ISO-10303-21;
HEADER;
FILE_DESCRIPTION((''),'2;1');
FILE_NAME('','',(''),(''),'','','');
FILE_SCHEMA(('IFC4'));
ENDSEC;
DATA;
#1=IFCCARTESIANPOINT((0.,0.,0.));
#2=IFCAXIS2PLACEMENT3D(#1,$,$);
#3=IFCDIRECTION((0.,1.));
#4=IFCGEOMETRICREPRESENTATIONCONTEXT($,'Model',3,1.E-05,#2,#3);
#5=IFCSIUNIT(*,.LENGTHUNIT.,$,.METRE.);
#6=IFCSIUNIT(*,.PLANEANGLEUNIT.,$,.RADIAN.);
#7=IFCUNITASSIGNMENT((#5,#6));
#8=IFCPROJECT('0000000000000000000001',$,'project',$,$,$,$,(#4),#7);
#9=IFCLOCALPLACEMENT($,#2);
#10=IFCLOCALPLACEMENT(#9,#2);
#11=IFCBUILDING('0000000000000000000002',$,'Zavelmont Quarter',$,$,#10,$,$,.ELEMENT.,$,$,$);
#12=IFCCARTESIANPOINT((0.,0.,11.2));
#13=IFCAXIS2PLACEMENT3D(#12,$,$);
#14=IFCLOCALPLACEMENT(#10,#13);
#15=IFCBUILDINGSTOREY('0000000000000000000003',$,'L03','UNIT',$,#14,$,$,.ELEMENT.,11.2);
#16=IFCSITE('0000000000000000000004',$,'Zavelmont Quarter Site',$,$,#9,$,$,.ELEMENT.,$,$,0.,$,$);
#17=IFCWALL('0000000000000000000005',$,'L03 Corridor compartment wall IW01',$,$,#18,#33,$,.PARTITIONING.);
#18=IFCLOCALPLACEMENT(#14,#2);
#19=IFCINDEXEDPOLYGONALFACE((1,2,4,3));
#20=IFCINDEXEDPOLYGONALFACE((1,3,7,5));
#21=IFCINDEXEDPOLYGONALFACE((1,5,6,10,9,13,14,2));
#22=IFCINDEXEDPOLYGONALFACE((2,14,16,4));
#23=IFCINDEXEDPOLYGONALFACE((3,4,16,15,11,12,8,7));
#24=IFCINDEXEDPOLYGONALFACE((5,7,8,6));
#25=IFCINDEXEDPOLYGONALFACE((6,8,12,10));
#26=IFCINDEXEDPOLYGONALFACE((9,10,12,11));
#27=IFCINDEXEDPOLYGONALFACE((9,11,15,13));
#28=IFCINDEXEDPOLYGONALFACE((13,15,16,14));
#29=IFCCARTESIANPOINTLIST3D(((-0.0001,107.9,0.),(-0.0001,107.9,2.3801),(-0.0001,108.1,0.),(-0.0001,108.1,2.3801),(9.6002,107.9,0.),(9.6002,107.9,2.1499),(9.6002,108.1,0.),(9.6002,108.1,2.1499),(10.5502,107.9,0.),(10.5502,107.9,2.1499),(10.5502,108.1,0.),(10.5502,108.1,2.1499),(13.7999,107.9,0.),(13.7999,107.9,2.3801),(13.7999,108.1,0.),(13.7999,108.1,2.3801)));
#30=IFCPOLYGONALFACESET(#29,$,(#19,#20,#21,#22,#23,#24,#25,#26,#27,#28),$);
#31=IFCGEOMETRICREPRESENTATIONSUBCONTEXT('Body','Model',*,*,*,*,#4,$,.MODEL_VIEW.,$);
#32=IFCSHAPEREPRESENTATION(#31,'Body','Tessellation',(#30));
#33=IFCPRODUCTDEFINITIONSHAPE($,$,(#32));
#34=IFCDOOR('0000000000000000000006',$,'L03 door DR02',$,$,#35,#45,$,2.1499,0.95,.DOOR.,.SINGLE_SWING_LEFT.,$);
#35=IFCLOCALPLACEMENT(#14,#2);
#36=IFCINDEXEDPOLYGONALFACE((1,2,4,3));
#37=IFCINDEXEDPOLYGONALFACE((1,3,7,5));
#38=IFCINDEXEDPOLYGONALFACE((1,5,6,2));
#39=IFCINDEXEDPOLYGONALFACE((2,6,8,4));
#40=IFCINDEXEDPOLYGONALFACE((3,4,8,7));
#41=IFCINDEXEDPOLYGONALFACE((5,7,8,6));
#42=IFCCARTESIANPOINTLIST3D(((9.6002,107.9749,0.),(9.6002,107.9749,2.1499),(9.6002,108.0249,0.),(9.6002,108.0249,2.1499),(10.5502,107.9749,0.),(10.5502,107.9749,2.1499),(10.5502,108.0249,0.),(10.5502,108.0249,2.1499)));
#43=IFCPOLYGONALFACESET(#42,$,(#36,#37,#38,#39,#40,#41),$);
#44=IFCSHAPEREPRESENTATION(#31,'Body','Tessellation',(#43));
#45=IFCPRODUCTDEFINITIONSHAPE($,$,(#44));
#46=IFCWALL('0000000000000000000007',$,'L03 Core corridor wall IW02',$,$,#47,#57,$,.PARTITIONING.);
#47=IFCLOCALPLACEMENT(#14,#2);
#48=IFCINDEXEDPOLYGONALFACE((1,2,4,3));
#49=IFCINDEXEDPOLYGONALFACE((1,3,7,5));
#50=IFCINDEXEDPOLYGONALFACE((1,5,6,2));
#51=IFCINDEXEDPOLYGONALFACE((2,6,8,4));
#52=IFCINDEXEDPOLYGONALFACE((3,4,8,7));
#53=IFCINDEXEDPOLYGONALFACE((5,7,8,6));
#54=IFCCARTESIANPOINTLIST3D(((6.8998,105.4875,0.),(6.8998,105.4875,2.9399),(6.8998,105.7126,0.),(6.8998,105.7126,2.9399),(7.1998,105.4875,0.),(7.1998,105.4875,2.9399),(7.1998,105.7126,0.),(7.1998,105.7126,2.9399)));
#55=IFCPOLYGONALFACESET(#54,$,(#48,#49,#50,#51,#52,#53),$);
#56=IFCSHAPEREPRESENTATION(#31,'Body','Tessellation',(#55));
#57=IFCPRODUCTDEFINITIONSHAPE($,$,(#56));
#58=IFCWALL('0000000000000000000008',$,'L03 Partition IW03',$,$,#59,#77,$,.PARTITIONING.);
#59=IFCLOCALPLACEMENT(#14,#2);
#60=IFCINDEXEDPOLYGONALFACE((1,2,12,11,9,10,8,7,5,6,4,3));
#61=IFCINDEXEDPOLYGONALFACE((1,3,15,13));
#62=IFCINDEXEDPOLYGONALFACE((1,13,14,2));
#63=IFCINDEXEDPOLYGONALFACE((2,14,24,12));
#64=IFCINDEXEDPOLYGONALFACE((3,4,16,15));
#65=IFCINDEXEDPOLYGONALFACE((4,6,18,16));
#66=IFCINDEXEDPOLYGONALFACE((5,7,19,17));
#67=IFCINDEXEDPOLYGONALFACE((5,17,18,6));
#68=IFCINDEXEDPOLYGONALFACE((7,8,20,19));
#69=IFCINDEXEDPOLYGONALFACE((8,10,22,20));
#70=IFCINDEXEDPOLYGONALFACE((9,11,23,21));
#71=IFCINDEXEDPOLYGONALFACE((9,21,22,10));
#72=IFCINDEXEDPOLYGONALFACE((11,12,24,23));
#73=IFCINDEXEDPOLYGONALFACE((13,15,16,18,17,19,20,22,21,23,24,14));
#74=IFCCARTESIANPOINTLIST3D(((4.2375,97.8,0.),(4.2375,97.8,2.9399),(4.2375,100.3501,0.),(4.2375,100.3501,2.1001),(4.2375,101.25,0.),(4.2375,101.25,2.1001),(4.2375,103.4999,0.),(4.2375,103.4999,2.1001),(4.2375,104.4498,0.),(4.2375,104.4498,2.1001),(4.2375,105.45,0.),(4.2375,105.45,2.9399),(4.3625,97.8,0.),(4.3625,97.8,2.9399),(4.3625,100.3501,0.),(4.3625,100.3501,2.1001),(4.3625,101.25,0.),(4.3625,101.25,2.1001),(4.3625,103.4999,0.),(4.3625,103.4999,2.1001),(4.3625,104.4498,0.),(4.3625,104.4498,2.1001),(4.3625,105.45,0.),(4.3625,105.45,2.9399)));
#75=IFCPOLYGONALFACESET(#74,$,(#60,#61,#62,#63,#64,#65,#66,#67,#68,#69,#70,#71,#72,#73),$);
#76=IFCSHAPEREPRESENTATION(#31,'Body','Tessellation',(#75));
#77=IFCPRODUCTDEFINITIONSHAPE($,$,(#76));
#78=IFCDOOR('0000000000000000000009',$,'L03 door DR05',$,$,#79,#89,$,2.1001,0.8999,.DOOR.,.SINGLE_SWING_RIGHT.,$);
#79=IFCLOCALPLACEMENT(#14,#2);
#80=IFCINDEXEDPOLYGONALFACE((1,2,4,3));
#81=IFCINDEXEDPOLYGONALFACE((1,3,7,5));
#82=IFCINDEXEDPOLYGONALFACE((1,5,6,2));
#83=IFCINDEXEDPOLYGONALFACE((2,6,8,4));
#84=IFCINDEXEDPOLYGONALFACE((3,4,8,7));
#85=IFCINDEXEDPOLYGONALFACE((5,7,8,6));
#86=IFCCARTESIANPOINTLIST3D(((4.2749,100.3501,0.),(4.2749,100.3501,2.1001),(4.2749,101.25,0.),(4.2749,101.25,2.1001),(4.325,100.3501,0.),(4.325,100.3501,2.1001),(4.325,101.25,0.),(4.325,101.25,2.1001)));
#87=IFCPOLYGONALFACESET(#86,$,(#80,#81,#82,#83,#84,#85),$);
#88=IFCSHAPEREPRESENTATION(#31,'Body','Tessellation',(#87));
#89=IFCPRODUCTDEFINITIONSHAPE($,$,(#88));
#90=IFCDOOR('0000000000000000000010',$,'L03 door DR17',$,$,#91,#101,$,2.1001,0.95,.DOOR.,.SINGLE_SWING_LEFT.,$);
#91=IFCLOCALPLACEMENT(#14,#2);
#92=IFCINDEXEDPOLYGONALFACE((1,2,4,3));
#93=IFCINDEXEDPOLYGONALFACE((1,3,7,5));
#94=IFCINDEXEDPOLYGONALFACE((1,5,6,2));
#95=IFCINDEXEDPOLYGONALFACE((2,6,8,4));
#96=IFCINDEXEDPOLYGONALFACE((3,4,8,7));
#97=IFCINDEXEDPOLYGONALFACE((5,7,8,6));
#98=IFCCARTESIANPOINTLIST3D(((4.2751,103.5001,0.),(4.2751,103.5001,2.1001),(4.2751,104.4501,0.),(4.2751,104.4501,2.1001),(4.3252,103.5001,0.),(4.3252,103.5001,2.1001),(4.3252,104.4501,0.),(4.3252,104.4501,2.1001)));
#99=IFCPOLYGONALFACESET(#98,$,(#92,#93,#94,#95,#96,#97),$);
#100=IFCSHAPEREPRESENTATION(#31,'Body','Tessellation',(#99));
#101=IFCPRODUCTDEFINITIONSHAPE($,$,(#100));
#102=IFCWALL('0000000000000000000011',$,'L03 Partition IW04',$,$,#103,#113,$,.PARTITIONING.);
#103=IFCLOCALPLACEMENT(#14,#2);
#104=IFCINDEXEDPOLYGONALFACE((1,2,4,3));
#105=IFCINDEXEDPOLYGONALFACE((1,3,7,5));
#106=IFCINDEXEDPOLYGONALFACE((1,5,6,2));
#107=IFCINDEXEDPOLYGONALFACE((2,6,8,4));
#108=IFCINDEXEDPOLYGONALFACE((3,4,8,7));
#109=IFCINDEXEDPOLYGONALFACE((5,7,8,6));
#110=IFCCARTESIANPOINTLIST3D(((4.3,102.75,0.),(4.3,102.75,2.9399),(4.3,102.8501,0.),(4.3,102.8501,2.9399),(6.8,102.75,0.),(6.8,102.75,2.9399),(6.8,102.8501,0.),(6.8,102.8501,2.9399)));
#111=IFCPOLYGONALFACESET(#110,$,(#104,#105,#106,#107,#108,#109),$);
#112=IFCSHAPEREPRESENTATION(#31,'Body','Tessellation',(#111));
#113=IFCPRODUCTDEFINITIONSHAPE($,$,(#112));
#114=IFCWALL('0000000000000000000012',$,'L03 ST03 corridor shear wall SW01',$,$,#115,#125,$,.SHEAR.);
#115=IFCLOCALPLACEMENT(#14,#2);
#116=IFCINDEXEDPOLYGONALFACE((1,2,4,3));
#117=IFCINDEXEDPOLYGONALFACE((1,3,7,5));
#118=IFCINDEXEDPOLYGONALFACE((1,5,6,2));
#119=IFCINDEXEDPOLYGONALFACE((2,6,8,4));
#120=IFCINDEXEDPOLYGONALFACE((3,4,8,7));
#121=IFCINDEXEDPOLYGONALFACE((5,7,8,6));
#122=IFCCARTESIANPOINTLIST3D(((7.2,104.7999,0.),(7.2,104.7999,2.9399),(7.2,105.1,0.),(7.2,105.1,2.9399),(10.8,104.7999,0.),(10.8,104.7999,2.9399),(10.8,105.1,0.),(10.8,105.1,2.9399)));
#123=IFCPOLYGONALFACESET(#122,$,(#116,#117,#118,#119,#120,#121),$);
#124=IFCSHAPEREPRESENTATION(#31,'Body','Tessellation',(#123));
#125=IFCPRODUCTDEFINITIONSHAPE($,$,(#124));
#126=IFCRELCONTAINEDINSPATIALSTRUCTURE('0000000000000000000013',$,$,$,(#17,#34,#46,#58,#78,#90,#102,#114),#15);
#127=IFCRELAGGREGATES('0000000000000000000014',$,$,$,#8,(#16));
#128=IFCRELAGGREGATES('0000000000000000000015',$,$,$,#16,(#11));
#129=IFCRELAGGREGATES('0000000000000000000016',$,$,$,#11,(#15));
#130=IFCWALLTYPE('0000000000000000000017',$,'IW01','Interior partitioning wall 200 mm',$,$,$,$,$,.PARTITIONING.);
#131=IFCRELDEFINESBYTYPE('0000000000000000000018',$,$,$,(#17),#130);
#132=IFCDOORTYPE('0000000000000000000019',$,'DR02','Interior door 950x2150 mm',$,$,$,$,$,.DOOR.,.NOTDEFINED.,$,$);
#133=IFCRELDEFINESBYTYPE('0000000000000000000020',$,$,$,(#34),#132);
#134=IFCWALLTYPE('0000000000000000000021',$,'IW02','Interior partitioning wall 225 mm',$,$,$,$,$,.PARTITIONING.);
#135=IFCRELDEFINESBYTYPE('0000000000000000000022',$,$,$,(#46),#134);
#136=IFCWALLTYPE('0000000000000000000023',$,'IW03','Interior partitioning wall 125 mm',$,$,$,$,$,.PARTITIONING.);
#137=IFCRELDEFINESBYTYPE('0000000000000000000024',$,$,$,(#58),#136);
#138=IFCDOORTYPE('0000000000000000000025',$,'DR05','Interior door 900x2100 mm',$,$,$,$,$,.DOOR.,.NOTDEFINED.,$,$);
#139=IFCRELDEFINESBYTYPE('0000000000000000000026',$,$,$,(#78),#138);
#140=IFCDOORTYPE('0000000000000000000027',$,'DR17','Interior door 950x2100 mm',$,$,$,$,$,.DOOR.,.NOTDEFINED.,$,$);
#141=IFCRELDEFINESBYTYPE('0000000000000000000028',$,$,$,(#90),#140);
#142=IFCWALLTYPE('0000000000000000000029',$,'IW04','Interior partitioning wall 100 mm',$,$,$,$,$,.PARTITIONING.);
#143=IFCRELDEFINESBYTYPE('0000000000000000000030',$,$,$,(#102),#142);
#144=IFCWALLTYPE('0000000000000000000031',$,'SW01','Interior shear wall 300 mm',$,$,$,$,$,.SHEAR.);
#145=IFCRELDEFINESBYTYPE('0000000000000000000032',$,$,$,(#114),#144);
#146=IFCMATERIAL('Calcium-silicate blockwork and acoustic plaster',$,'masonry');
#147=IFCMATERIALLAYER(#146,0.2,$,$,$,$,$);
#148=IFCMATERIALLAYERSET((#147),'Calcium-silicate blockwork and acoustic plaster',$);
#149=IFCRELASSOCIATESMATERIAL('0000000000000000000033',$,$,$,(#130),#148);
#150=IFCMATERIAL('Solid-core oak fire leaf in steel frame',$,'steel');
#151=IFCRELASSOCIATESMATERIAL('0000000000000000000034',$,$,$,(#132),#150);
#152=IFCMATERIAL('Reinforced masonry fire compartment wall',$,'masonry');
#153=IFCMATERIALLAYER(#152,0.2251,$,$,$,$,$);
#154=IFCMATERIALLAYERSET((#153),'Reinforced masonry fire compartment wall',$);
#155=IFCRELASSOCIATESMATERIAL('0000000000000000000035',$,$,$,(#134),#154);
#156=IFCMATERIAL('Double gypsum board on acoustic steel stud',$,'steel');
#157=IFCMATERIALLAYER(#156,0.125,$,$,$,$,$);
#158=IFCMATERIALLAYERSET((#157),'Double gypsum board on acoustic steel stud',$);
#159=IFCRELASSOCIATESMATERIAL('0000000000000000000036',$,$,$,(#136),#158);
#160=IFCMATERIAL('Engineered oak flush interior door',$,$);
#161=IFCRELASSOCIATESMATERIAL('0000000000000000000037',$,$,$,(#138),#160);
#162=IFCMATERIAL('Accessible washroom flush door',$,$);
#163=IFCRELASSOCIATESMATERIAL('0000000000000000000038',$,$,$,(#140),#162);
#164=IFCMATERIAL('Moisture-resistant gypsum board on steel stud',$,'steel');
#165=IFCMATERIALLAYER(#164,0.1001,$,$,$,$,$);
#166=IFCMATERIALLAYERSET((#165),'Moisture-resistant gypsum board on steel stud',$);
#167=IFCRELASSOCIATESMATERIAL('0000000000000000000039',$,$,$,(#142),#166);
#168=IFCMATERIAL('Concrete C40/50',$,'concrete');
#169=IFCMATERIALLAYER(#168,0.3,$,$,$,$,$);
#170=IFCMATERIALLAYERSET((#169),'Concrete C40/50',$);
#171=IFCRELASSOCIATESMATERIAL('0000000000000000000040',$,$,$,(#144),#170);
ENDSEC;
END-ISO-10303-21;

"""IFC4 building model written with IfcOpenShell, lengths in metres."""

from ifc_helpers import new_model, si_unit, direction, frame, frame_2d, origin, origin_with_axes, place, context, subcontext, project, spatial, rectangle, extrude, material, layer, layer_set, type_object, element, fill, save


model = new_model("IFC4")

# Units and contexts
model_context = context("Model", 3, precision=1e-05, world=origin(), true_north=direction((0.0, 1.0)))
body_context = subcontext(model_context, "Body", "Model", "MODEL_VIEW")
ifc_project = project(units=[si_unit("LENGTHUNIT", "METRE"), si_unit("PLANEANGLEUNIT", "RADIAN")], contexts=[model_context])

# Site, building, storey
site_placement = place(None, origin())
site = spatial("IfcSite", under=ifc_project, at=site_placement, Name="Zavelmont Quarter Site", CompositionType="ELEMENT", RefElevation=0.0)
building_placement = place(site_placement, origin())
building = spatial("IfcBuilding", under=site, at=building_placement, Name="Zavelmont Quarter", CompositionType="ELEMENT")
storey_placement = place(building_placement, frame((0.0, 0.0, 11.2)))
storey = spatial("IfcBuildingStorey", under=building, at=storey_placement, Name="L03", Description="UNIT", CompositionType="ELEMENT", Elevation=11.2)

# Shared definitions
ifc_material_1 = material(Name="Concrete C40/50", Category="concrete")

# Wall, opening, door
ifc_material_2 = material(Name="Calcium-silicate blockwork and acoustic plaster", Category="masonry")
ifc_layer_1 = layer(ifc_material_2, 0.2)
ifc_layer_set_1 = layer_set([ifc_layer_1], Name="Calcium-silicate blockwork and acoustic plaster")
wall_type_1 = type_object("IfcWallType", Name="IW01", Description="Interior partitioning wall 200 mm", PredefinedType="PARTITIONING", material=ifc_layer_set_1)
wall_1_placement = place(storey_placement, frame((0.0, 108.0, 0.0), z_axis=(0.0, 0.0, 1.0), x_axis=(1.0, 0.0, 0.0)))
wall_1 = element("IfcWall", 1, at=wall_1_placement, inside=storey, type_object=wall_type_1, Name="L03 Corridor compartment wall IW01", PredefinedType="PARTITIONING", context=body_context, shape_type="SweptSolid", body=[
    extrude(rectangle(XDim=13.8, YDim=0.2, at=frame_2d((6.8999, 0.0))), origin(), (0.0, 0.0, 1.0), 2.3801),
])
opening_1_placement = place(wall_1_placement, frame((9.6001, 0.0, 0.0)))
opening_1 = element("IfcOpeningElement", 2, at=opening_1_placement, cuts=wall_1, PredefinedType="OPENING", context=body_context, shape_type="SweptSolid", body=[
    extrude(rectangle(XDim=0.95, YDim=2.1499, at=frame_2d((0.4751, 1.075))), frame((0.0, 0.1118, 0.0), z_axis=(0.0, -1.0, 0.0), x_axis=(1.0, 0.0, 0.0)), (0.0, 0.0, 1.0), 0.2239),
])
ifc_material_3 = material(Name="Solid-core oak fire leaf in steel frame", Category="steel")
door_type_1 = type_object("IfcDoorType", Name="DR02", Description="Interior door 950x2150 mm", OperationType="NOTDEFINED", PredefinedType="DOOR", material=ifc_material_3)
door_1_placement = place(opening_1_placement, origin_with_axes())
door_1 = element("IfcDoor", 3, at=door_1_placement, inside=storey, type_object=door_type_1, Name="L03 door DR02", OperationType="SINGLE_SWING_LEFT", OverallHeight=2.1499, OverallWidth=0.95, PredefinedType="DOOR", context=body_context, shape_type="SweptSolid", body=[
    extrude(rectangle(XDim=0.95, YDim=2.1499, at=frame_2d((0.4751, 1.075))), frame((0.0, 0.0249, 0.0), z_axis=(0.0, -1.0, 0.0), x_axis=(1.0, 0.0, 0.0)), (0.0, 0.0, 1.0), 0.05),
])
fill(opening_1, door_1)

# Wall
ifc_material_4 = material(Name="Reinforced masonry fire compartment wall", Category="masonry")
ifc_layer_2 = layer(ifc_material_4, 0.2251)
ifc_layer_set_2 = layer_set([ifc_layer_2], Name="Reinforced masonry fire compartment wall")
wall_type_2 = type_object("IfcWallType", Name="IW02", Description="Interior partitioning wall 225 mm", PredefinedType="PARTITIONING", material=ifc_layer_set_2)
wall_2_placement = place(storey_placement, frame((6.8999, 105.6001, 0.0), z_axis=(0.0, 0.0, 1.0), x_axis=(1.0, 0.0, 0.0)))
element("IfcWall", 4, at=wall_2_placement, inside=storey, type_object=wall_type_2, Name="L03 Core corridor wall IW02", PredefinedType="PARTITIONING", context=body_context, shape_type="SweptSolid", body=[
    extrude(rectangle(XDim=0.3, YDim=0.2251, at=frame_2d((0.1499, 0.0))), origin(), (0.0, 0.0, 1.0), 2.9399),
])

# Wall, openings, doors
ifc_material_5 = material(Name="Double gypsum board on acoustic steel stud", Category="steel")
ifc_layer_3 = layer(ifc_material_5, 0.125)
ifc_layer_set_3 = layer_set([ifc_layer_3], Name="Double gypsum board on acoustic steel stud")
wall_type_3 = type_object("IfcWallType", Name="IW03", Description="Interior partitioning wall 125 mm", PredefinedType="PARTITIONING", material=ifc_layer_set_3)
wall_3_placement = place(storey_placement, frame((4.3, 105.45, 0.0), z_axis=(0.0, 0.0, 1.0), x_axis=(0.0, -1.0, 0.0)))
wall_3 = element("IfcWall", 5, at=wall_3_placement, inside=storey, type_object=wall_type_3, Name="L03 Partition IW03", PredefinedType="PARTITIONING", context=body_context, shape_type="SweptSolid", body=[
    extrude(rectangle(XDim=7.6499, YDim=0.125, at=frame_2d((3.825, 0.0))), origin(), (0.0, 0.0, 1.0), 2.9399),
])
opening_2_placement = place(wall_3_placement, frame((1.0, 0.0, 0.0)))
opening_2 = element("IfcOpeningElement", 6, at=opening_2_placement, cuts=wall_3, PredefinedType="OPENING", context=body_context, shape_type="SweptSolid", body=[
    extrude(rectangle(XDim=0.95, YDim=2.1001, at=frame_2d((0.4751, 1.05))), frame((0.0, 0.0745, 0.0), z_axis=(0.0, -1.0, 0.0), x_axis=(1.0, 0.0, 0.0)), (0.0, 0.0, 1.0), 0.1489),
])
opening_3_placement = place(wall_3_placement, frame((4.2, 0.0, 0.0)))
opening_3 = element("IfcOpeningElement", 7, at=opening_3_placement, cuts=wall_3, PredefinedType="OPENING", context=body_context, shape_type="SweptSolid", body=[
    extrude(rectangle(XDim=0.8999, YDim=2.1001, at=frame_2d((0.45, 1.05))), frame((0.0, 0.0745, 0.0), z_axis=(0.0, -1.0, 0.0), x_axis=(1.0, 0.0, 0.0)), (0.0, 0.0, 1.0), 0.1489),
])
ifc_material_6 = material(Name="Engineered oak flush interior door")
door_type_2 = type_object("IfcDoorType", Name="DR05", Description="Interior door 900x2100 mm", OperationType="NOTDEFINED", PredefinedType="DOOR", material=ifc_material_6)
door_2_placement = place(opening_3_placement, origin_with_axes())
door_2 = element("IfcDoor", 8, at=door_2_placement, inside=storey, type_object=door_type_2, Name="L03 door DR05", OperationType="SINGLE_SWING_RIGHT", OverallHeight=2.1001, OverallWidth=0.8999, PredefinedType="DOOR", context=body_context, shape_type="SweptSolid", body=[
    extrude(rectangle(XDim=0.8999, YDim=2.1001, at=frame_2d((0.45, 1.05))), frame((0.0, 0.0249, 0.0), z_axis=(0.0, -1.0, 0.0), x_axis=(1.0, 0.0, 0.0)), (0.0, 0.0, 1.0), 0.05),
])
fill(opening_3, door_2)
ifc_material_7 = material(Name="Accessible washroom flush door")
door_type_3 = type_object("IfcDoorType", Name="DR17", Description="Interior door 950x2100 mm", OperationType="NOTDEFINED", PredefinedType="DOOR", material=ifc_material_7)
door_3_placement = place(opening_2_placement, frame((0.95, 0.0, 0.0), z_axis=(0.0, 0.0, 1.0), x_axis=(-1.0, 0.0, 0.0)))
door_3 = element("IfcDoor", 9, at=door_3_placement, inside=storey, type_object=door_type_3, Name="L03 door DR17", OperationType="SINGLE_SWING_LEFT", OverallHeight=2.1001, OverallWidth=0.95, PredefinedType="DOOR", context=body_context, shape_type="SweptSolid", body=[
    extrude(rectangle(XDim=0.95, YDim=2.1001, at=frame_2d((0.4751, 1.05))), frame((0.0, 0.0249, 0.0), z_axis=(0.0, -1.0, 0.0), x_axis=(1.0, 0.0, 0.0)), (0.0, 0.0, 1.0), 0.05),
])
fill(opening_2, door_3)

# Walls
ifc_material_8 = material(Name="Moisture-resistant gypsum board on steel stud", Category="steel")
ifc_layer_4 = layer(ifc_material_8, 0.1001)
ifc_layer_set_4 = layer_set([ifc_layer_4], Name="Moisture-resistant gypsum board on steel stud")
wall_type_4 = type_object("IfcWallType", Name="IW04", Description="Interior partitioning wall 100 mm", PredefinedType="PARTITIONING", material=ifc_layer_set_4)
wall_4_placement = place(storey_placement, frame((4.3, 102.8, 0.0), z_axis=(0.0, 0.0, 1.0), x_axis=(1.0, 0.0, 0.0)))
element("IfcWall", 10, at=wall_4_placement, inside=storey, type_object=wall_type_4, Name="L03 Partition IW04", PredefinedType="PARTITIONING", context=body_context, shape_type="SweptSolid", body=[
    extrude(rectangle(XDim=2.5, YDim=0.1001, at=frame_2d((1.25, 0.0))), origin(), (0.0, 0.0, 1.0), 2.9399),
])
ifc_layer_5 = layer(ifc_material_1, 0.3)
ifc_layer_set_5 = layer_set([ifc_layer_5], Name="Concrete C40/50")
wall_type_5 = type_object("IfcWallType", Name="SW01", Description="Interior shear wall 300 mm", PredefinedType="SHEAR", material=ifc_layer_set_5)
wall_5_placement = place(storey_placement, frame((7.2, 104.95, 0.0), z_axis=(0.0, 0.0, 1.0), x_axis=(1.0, 0.0, 0.0)))
element("IfcWall", 11, at=wall_5_placement, inside=storey, type_object=wall_type_5, Name="L03 ST03 corridor shear wall SW01", PredefinedType="SHEAR", context=body_context, shape_type="SweptSolid", body=[
    extrude(rectangle(XDim=3.6001, YDim=0.3, at=frame_2d((1.8, 0.0))), origin(), (0.0, 0.0, 1.0), 2.9399),
])

save(model, "model.ifc")
